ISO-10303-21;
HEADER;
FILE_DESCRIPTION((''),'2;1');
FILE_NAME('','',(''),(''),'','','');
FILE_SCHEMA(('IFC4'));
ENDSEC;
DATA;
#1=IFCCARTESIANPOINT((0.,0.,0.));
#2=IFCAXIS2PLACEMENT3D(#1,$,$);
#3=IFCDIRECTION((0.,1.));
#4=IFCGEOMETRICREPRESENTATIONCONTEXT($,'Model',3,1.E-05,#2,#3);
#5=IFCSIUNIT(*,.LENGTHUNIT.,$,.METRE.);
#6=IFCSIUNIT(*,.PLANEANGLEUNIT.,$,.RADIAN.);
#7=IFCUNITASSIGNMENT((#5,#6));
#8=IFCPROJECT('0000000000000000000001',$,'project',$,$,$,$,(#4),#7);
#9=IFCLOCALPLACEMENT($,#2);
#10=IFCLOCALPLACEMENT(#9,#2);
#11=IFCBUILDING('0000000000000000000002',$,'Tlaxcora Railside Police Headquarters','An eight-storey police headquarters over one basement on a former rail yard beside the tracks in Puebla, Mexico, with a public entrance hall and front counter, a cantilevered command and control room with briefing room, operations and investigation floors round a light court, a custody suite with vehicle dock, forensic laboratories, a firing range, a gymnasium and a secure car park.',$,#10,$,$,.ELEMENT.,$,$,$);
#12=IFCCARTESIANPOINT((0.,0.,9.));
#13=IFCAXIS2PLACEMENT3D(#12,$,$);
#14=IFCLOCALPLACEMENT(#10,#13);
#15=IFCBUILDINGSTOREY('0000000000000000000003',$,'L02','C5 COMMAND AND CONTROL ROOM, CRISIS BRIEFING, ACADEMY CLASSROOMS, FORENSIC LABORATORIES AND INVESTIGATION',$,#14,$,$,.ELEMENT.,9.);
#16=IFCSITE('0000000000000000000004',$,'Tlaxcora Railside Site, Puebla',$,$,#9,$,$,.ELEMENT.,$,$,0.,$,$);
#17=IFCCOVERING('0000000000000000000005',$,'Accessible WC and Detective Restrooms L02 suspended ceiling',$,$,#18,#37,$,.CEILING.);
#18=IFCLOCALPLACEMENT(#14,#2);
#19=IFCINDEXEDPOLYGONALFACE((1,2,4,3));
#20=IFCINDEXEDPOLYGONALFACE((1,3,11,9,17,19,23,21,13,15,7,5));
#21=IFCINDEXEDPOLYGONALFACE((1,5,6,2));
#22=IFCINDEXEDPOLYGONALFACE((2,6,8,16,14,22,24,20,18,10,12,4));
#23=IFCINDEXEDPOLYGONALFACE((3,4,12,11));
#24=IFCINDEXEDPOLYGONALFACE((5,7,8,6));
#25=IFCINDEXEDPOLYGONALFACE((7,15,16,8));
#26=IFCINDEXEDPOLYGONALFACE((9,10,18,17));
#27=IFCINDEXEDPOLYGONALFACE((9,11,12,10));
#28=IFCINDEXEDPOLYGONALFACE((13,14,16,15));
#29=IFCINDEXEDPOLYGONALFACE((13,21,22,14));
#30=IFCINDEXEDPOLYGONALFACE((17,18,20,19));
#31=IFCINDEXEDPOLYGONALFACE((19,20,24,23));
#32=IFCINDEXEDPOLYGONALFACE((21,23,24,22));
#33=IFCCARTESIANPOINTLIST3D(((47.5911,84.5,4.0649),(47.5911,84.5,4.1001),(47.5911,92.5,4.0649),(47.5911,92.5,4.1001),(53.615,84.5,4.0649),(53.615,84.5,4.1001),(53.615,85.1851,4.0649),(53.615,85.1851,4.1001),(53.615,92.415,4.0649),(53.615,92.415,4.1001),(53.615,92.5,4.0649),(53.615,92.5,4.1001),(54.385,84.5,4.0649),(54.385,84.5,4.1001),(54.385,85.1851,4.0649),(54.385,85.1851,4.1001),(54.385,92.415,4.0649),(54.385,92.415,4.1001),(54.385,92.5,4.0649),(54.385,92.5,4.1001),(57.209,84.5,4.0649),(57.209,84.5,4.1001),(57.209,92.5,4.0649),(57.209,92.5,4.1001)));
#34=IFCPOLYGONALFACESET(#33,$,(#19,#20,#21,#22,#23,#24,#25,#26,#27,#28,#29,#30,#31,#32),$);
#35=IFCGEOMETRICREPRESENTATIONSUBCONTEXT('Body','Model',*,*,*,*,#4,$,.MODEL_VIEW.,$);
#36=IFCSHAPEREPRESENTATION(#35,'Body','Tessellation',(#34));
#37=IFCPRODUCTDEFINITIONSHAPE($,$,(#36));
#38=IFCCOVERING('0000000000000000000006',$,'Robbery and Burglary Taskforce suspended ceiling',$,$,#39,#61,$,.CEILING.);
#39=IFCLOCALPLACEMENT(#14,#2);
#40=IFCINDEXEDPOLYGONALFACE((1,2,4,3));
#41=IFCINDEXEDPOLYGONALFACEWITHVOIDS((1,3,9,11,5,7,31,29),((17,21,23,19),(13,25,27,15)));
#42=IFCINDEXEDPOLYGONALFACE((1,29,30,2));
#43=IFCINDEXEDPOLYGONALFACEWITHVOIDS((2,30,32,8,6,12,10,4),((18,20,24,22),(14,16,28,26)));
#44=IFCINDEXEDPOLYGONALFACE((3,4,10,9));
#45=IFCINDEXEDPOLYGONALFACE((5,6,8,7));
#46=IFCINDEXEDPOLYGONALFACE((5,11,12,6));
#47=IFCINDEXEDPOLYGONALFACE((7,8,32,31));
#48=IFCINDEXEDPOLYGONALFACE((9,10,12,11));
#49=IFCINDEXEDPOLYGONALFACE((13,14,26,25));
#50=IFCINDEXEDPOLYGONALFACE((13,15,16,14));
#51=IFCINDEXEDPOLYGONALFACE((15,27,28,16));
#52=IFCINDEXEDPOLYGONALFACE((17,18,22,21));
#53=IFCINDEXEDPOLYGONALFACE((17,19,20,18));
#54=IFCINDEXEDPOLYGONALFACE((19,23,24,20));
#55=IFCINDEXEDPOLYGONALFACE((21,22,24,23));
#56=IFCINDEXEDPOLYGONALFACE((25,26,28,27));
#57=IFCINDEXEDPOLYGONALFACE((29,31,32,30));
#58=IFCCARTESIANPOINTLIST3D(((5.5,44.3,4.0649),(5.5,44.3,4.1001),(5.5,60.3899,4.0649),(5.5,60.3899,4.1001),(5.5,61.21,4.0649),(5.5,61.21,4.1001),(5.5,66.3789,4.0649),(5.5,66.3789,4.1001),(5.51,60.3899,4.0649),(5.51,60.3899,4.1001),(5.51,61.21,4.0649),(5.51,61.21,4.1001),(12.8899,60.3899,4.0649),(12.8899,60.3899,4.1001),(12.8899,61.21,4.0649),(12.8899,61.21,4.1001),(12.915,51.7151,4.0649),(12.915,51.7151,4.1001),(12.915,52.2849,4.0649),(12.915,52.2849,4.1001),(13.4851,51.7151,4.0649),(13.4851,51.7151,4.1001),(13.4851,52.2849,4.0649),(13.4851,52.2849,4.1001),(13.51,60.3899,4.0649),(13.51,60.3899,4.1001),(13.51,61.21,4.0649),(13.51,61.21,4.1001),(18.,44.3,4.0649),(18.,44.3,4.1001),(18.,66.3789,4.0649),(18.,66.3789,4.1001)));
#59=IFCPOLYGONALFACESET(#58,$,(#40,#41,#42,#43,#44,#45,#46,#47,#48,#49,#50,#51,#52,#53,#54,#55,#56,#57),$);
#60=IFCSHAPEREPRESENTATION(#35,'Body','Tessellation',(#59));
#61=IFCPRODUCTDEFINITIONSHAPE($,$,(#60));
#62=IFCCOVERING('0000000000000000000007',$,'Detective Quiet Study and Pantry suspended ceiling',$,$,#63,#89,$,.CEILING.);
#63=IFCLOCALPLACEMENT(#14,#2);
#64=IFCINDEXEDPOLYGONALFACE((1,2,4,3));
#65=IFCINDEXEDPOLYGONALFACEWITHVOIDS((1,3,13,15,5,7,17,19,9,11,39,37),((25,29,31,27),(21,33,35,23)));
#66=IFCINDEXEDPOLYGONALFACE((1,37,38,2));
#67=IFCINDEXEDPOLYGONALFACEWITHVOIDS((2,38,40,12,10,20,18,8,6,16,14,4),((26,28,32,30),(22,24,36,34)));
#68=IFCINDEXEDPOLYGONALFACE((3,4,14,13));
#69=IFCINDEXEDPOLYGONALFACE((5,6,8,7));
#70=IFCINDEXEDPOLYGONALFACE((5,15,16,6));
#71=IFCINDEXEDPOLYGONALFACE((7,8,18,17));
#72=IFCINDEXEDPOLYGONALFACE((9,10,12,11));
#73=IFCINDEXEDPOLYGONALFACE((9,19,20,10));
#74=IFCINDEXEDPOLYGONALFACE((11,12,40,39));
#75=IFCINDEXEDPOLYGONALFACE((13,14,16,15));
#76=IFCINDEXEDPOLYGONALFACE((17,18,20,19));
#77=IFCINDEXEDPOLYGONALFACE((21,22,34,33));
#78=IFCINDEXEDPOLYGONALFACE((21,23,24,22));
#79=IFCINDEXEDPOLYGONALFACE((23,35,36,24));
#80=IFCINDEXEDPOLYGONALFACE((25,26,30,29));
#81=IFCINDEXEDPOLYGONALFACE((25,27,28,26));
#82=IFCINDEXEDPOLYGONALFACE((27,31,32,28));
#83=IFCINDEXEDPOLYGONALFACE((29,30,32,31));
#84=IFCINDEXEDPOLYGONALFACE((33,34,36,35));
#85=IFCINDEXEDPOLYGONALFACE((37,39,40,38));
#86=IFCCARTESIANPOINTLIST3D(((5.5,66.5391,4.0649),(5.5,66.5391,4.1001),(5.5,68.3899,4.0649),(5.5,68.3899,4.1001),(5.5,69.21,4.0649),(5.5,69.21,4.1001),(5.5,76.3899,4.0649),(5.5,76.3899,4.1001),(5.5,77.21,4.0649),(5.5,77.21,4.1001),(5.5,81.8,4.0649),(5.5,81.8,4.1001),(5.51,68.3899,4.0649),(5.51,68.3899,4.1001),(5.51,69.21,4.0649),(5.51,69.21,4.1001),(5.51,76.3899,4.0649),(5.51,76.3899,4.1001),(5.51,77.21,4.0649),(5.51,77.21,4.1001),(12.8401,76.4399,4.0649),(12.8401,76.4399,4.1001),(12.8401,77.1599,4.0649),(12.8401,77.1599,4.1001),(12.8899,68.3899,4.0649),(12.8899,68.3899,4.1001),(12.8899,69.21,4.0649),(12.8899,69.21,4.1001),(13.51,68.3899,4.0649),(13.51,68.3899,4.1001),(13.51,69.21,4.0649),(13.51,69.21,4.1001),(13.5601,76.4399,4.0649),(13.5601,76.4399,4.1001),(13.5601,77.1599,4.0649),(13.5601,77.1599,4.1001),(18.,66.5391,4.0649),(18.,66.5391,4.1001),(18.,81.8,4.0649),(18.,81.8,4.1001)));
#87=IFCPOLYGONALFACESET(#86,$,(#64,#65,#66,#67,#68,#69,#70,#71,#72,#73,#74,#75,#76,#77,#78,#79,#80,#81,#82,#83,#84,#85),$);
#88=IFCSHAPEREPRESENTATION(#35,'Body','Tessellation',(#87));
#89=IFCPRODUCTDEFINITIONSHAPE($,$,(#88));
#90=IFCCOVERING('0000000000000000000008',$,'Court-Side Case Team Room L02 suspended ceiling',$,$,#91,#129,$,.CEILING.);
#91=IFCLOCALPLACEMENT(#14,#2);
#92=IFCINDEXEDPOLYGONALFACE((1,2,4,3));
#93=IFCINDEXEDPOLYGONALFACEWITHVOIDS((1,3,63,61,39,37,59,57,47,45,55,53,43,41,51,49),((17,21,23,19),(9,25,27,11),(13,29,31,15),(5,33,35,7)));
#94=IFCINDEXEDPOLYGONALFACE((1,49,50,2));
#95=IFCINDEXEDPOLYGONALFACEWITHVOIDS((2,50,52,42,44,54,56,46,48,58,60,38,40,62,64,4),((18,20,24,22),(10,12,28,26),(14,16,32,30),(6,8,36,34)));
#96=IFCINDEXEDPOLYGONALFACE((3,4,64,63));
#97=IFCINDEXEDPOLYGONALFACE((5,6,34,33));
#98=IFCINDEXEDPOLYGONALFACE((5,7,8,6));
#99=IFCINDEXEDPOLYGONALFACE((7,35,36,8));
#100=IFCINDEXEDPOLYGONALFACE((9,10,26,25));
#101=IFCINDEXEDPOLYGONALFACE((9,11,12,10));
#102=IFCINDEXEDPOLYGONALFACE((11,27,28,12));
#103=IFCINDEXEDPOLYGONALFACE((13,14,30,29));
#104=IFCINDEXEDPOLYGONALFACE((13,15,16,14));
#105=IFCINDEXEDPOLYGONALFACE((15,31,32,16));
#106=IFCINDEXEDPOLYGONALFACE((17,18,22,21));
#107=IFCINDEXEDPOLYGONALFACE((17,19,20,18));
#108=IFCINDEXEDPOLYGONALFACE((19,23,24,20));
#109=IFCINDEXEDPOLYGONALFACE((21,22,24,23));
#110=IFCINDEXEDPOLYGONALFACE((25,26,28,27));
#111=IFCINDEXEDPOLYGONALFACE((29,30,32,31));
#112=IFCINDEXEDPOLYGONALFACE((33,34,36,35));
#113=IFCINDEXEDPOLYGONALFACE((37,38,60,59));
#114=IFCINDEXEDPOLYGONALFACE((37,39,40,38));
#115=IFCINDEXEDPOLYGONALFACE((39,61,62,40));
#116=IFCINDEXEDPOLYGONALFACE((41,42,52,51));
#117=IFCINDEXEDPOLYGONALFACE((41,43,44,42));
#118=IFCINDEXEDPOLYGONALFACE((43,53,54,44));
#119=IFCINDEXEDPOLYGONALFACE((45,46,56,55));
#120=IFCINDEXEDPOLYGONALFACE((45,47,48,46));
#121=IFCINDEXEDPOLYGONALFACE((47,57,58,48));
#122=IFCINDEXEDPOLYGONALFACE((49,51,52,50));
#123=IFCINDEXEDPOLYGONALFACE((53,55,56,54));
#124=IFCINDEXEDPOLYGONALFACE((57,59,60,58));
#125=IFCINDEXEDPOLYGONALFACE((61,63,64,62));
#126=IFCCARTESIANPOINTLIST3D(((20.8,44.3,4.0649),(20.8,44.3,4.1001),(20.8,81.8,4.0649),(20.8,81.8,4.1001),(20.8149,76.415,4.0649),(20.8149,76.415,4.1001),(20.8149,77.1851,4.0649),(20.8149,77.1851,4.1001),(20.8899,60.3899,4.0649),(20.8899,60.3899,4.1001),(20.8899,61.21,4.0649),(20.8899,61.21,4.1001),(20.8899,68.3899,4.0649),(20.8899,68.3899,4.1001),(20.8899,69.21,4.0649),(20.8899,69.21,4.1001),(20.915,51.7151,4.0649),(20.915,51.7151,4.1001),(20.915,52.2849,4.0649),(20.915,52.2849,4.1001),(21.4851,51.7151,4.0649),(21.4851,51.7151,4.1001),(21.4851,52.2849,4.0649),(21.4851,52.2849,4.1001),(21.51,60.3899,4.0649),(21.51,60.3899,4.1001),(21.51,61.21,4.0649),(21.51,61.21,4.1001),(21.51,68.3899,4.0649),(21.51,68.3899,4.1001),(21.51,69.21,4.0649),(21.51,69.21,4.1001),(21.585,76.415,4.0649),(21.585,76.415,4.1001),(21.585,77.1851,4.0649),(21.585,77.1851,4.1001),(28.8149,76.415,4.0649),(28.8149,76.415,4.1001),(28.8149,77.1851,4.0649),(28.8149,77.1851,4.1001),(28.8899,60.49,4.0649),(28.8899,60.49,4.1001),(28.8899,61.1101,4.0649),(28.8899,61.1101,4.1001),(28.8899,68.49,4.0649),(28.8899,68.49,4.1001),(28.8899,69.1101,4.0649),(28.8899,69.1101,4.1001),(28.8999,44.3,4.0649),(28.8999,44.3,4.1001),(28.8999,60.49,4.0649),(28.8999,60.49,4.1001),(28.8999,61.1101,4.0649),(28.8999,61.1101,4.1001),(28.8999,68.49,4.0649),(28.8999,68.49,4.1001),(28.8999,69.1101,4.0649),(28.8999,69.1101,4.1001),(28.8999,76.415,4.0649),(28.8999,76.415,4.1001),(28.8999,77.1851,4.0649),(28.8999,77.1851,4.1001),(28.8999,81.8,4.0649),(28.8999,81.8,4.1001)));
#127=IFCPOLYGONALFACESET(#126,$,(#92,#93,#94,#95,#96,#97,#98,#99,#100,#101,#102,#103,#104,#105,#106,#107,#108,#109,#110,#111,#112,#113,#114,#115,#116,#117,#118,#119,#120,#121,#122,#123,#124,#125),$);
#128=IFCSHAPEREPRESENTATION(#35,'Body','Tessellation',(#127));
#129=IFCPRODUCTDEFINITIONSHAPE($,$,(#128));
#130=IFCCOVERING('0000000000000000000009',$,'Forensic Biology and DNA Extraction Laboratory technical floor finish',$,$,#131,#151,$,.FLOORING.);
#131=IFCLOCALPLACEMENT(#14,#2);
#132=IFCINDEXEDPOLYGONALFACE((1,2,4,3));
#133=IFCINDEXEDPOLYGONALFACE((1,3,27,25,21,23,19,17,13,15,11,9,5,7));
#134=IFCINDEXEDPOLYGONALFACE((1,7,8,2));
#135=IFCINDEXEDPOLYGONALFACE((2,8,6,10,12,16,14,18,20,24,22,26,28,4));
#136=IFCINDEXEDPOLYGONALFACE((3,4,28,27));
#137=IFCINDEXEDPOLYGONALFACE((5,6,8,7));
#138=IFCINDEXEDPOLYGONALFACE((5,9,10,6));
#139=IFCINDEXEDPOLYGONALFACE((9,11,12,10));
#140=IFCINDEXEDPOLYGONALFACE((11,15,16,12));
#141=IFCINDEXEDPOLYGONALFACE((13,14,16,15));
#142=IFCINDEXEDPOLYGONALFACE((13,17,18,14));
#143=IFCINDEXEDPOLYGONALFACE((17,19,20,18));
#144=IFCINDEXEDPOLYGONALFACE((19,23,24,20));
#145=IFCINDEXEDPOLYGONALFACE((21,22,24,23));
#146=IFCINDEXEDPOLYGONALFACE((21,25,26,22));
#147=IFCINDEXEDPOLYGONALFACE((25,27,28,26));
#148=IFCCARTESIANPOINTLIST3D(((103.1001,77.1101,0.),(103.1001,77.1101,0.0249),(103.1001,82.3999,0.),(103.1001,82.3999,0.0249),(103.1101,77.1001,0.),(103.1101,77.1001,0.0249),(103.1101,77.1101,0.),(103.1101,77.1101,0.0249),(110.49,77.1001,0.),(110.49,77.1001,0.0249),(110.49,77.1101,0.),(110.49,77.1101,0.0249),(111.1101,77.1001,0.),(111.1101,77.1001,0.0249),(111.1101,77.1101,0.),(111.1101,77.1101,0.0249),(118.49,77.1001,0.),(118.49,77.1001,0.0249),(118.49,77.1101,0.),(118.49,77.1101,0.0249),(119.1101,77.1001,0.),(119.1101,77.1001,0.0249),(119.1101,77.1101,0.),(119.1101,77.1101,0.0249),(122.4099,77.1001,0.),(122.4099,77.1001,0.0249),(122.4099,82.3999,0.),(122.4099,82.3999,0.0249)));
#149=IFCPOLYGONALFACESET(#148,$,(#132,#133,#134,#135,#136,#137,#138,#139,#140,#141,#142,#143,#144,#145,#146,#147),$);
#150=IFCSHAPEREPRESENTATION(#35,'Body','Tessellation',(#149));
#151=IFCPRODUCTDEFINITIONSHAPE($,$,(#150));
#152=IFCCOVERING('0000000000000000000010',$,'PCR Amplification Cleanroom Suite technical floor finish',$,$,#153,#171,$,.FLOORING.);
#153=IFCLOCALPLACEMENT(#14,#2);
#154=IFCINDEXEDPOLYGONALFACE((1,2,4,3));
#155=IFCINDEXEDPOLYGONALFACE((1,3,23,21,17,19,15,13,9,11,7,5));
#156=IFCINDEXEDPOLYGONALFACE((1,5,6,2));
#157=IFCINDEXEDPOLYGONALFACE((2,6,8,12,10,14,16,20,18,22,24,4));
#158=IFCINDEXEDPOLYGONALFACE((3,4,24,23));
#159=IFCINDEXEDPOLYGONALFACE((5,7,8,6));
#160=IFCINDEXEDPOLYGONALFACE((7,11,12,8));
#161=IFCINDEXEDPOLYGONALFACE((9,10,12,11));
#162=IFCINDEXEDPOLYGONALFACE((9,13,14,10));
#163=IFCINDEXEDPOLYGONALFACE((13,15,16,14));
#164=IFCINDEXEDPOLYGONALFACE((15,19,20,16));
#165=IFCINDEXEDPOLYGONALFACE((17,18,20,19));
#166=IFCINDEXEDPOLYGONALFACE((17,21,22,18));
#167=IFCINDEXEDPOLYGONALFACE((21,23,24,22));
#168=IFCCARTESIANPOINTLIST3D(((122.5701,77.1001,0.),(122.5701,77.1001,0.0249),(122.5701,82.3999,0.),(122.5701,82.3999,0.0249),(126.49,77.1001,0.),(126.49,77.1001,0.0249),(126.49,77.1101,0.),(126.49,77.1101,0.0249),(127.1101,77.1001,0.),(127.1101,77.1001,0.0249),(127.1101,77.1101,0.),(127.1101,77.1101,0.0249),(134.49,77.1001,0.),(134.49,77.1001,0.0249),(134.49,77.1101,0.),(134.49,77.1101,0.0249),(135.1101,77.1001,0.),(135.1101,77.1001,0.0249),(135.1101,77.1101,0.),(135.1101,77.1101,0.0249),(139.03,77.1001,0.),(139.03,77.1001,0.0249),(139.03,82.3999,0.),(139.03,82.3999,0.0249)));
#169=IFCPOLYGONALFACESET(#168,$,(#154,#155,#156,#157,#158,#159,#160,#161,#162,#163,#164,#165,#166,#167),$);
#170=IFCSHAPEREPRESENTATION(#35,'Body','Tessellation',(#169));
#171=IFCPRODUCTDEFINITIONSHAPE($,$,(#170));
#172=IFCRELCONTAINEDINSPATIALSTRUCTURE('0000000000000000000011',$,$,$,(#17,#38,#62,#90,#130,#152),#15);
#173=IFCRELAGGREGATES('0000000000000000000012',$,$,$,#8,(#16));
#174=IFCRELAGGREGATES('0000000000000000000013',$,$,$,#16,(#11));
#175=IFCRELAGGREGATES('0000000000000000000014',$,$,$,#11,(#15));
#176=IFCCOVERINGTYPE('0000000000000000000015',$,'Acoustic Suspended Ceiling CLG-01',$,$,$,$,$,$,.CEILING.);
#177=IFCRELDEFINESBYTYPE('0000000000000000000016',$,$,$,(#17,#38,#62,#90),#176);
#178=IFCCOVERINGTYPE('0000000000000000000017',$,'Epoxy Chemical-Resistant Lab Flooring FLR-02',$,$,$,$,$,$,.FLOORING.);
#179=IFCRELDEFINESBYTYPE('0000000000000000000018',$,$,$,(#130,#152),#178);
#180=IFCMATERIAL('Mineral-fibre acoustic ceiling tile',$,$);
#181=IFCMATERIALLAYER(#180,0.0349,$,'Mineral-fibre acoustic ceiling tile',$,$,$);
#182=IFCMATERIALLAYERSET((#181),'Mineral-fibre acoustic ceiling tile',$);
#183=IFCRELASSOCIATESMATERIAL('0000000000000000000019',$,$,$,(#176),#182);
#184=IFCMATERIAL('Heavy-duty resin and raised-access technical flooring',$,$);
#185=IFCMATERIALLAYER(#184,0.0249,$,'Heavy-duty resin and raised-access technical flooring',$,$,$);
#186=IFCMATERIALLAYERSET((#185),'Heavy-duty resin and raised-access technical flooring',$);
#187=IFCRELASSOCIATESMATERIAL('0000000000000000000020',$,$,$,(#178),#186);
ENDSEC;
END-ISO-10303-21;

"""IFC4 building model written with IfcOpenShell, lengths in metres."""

from ifc_helpers import new_model, si_unit, direction, frame, origin, place, context, subcontext, project, spatial, polyline, outline, extrude, material, layer, layer_set, type_object, element, save


model = new_model("IFC4")

# Units and contexts
model_context = context("Model", 3, precision=1e-05, world=origin(), true_north=direction((0.0, 1.0)))
body_context = subcontext(model_context, "Body", "Model", "MODEL_VIEW")
ifc_project = project(units=[si_unit("LENGTHUNIT", "METRE"), si_unit("PLANEANGLEUNIT", "RADIAN")], contexts=[model_context])

# Site, building, storey
site_placement = place(None, origin())
site = spatial("IfcSite", under=ifc_project, at=site_placement, Name="Tlaxcora Railside Site, Puebla", CompositionType="ELEMENT", RefElevation=0.0)
building_placement = place(site_placement, origin())
building = spatial("IfcBuilding", under=site, at=building_placement, Name="Tlaxcora Railside Police Headquarters", Description="An eight-storey police headquarters over one basement on a former rail yard beside the tracks in Puebla, Mexico, with a public entrance hall and front counter, a cantilevered command and control room with briefing room, operations and investigation floors round a light court, a custody suite with vehicle dock, forensic laboratories, a firing range, a gymnasium and a secure car park.", CompositionType="ELEMENT")
storey_placement = place(building_placement, frame((0.0, 0.0, 9.0)))
storey = spatial("IfcBuildingStorey", under=building, at=storey_placement, Name="L02", Description="C5 COMMAND AND CONTROL ROOM, CRISIS BRIEFING, ACADEMY CLASSROOMS, FORENSIC LABORATORIES AND INVESTIGATION", CompositionType="ELEMENT", Elevation=9.0)

# Coverings
ifc_material_1 = material(Name="Mineral-fibre acoustic ceiling tile")
ifc_layer_1 = layer(ifc_material_1, 0.0349, Name="Mineral-fibre acoustic ceiling tile")
ifc_layer_set_1 = layer_set([ifc_layer_1], Name="Mineral-fibre acoustic ceiling tile")
covering_type_1 = type_object("IfcCoveringType", Name="Acoustic Suspended Ceiling CLG-01", PredefinedType="CEILING", material=ifc_layer_set_1)
covering_1_placement = place(storey_placement, frame((0.0, 0.0, 4.0649)))
element("IfcCovering", 1, at=covering_1_placement, inside=storey, type_object=covering_type_1, Name="Accessible WC and Detective Restrooms L02 suspended ceiling", PredefinedType="CEILING", context=body_context, shape_type="SweptSolid", body=[
    extrude(outline(polyline([(57.209, 84.5), (57.209, 92.5), (54.385, 92.5), (54.385, 92.415), (53.615, 92.415), (53.615, 92.5), (47.5911, 92.5), (47.5911, 84.5), (53.615, 84.5), (53.615, 85.1851), (54.385, 85.1851), (54.385, 84.5), (57.209, 84.5)])), origin(), (0.0, 0.0, 1.0), 0.0352),
])
covering_2_placement = place(storey_placement, frame((0.0, 0.0, 4.0649)))
element("IfcCovering", 2, at=covering_2_placement, inside=storey, type_object=covering_type_1, Name="Robbery and Burglary Taskforce suspended ceiling", PredefinedType="CEILING", context=body_context, shape_type="SweptSolid", body=[
    extrude(outline(polyline([(5.5, 44.3), (18.0, 44.3), (18.0, 66.3789), (5.5, 66.3789), (5.5, 61.21), (5.51, 61.21), (5.51, 60.3899), (5.5, 60.3899), (5.5, 44.3)]), holes=[polyline([(13.4851, 52.2849), (13.4851, 51.7151), (12.915, 51.7151), (12.915, 52.2849), (13.4851, 52.2849)]), polyline([(13.51, 60.3899), (12.8899, 60.3899), (12.8899, 61.21), (13.51, 61.21), (13.51, 60.3899)])]), origin(), (0.0, 0.0, 1.0), 0.0352),
])
covering_3_placement = place(storey_placement, frame((0.0, 0.0, 4.0649)))
element("IfcCovering", 3, at=covering_3_placement, inside=storey, type_object=covering_type_1, Name="Detective Quiet Study and Pantry suspended ceiling", PredefinedType="CEILING", context=body_context, shape_type="SweptSolid", body=[
    extrude(outline(polyline([(5.5, 68.3899), (5.5, 66.5391), (18.0, 66.5391), (18.0, 81.8), (5.5, 81.8), (5.5, 77.21), (5.51, 77.21), (5.51, 76.3899), (5.5, 76.3899), (5.5, 69.21), (5.51, 69.21), (5.51, 68.3899), (5.5, 68.3899)]), holes=[polyline([(13.51, 69.21), (13.51, 68.3899), (12.8899, 68.3899), (12.8899, 69.21), (13.51, 69.21)]), polyline([(13.5601, 76.4399), (12.8401, 76.4399), (12.8401, 77.1599), (13.5601, 77.1599), (13.5601, 76.4399)])]), origin(), (0.0, 0.0, 1.0), 0.0352),
])
covering_4_placement = place(storey_placement, frame((0.0, 0.0, 4.0649)))
element("IfcCovering", 4, at=covering_4_placement, inside=storey, type_object=covering_type_1, Name="Court-Side Case Team Room L02 suspended ceiling", PredefinedType="CEILING", context=body_context, shape_type="SweptSolid", body=[
    extrude(outline(polyline([(28.8899, 61.1101), (28.8999, 61.1101), (28.8999, 68.49), (28.8899, 68.49), (28.8899, 69.1101), (28.8999, 69.1101), (28.8999, 76.415), (28.8149, 76.415), (28.8149, 77.1851), (28.8999, 77.1851), (28.8999, 81.8), (20.8, 81.8), (20.8, 44.3), (28.8999, 44.3), (28.8999, 60.49), (28.8899, 60.49), (28.8899, 61.1101)]), holes=[polyline([(20.915, 52.2849), (21.4851, 52.2849), (21.4851, 51.7151), (20.915, 51.7151), (20.915, 52.2849)]), polyline([(21.51, 61.21), (21.51, 60.3899), (20.8899, 60.3899), (20.8899, 61.21), (21.51, 61.21)]), polyline([(21.51, 68.3899), (20.8899, 68.3899), (20.8899, 69.21), (21.51, 69.21), (21.51, 68.3899)]), polyline([(20.8149, 76.415), (20.8149, 77.1851), (21.585, 77.1851), (21.585, 76.415), (20.8149, 76.415)])]), origin(), (0.0, 0.0, 1.0), 0.0352),
])
ifc_material_2 = material(Name="Heavy-duty resin and raised-access technical flooring")
ifc_layer_2 = layer(ifc_material_2, 0.0249, Name="Heavy-duty resin and raised-access technical flooring")
ifc_layer_set_2 = layer_set([ifc_layer_2], Name="Heavy-duty resin and raised-access technical flooring")
covering_type_2 = type_object("IfcCoveringType", Name="Epoxy Chemical-Resistant Lab Flooring FLR-02", PredefinedType="FLOORING", material=ifc_layer_set_2)
covering_5_placement = place(storey_placement, origin())
element("IfcCovering", 5, at=covering_5_placement, inside=storey, type_object=covering_type_2, Name="Forensic Biology and DNA Extraction Laboratory technical floor finish", PredefinedType="FLOORING", context=body_context, shape_type="SweptSolid", body=[
    extrude(outline(polyline([(111.1101, 77.1001), (118.49, 77.1001), (118.49, 77.1101), (119.1101, 77.1101), (119.1101, 77.1001), (122.4099, 77.1001), (122.4099, 82.3999), (103.1001, 82.3999), (103.1001, 77.1101), (103.1101, 77.1101), (103.1101, 77.1001), (110.49, 77.1001), (110.49, 77.1101), (111.1101, 77.1101), (111.1101, 77.1001)])), origin(), (0.0, 0.0, 1.0), 0.0249),
])
covering_6_placement = place(storey_placement, origin())
element("IfcCovering", 6, at=covering_6_placement, inside=storey, type_object=covering_type_2, Name="PCR Amplification Cleanroom Suite technical floor finish", PredefinedType="FLOORING", context=body_context, shape_type="SweptSolid", body=[
    extrude(outline(polyline([(139.03, 77.1001), (139.03, 82.3999), (122.5701, 82.3999), (122.5701, 77.1001), (126.49, 77.1001), (126.49, 77.1101), (127.1101, 77.1101), (127.1101, 77.1001), (134.49, 77.1001), (134.49, 77.1101), (135.1101, 77.1101), (135.1101, 77.1001), (139.03, 77.1001)])), origin(), (0.0, 0.0, 1.0), 0.0249),
])

save(model, "model.ifc")
